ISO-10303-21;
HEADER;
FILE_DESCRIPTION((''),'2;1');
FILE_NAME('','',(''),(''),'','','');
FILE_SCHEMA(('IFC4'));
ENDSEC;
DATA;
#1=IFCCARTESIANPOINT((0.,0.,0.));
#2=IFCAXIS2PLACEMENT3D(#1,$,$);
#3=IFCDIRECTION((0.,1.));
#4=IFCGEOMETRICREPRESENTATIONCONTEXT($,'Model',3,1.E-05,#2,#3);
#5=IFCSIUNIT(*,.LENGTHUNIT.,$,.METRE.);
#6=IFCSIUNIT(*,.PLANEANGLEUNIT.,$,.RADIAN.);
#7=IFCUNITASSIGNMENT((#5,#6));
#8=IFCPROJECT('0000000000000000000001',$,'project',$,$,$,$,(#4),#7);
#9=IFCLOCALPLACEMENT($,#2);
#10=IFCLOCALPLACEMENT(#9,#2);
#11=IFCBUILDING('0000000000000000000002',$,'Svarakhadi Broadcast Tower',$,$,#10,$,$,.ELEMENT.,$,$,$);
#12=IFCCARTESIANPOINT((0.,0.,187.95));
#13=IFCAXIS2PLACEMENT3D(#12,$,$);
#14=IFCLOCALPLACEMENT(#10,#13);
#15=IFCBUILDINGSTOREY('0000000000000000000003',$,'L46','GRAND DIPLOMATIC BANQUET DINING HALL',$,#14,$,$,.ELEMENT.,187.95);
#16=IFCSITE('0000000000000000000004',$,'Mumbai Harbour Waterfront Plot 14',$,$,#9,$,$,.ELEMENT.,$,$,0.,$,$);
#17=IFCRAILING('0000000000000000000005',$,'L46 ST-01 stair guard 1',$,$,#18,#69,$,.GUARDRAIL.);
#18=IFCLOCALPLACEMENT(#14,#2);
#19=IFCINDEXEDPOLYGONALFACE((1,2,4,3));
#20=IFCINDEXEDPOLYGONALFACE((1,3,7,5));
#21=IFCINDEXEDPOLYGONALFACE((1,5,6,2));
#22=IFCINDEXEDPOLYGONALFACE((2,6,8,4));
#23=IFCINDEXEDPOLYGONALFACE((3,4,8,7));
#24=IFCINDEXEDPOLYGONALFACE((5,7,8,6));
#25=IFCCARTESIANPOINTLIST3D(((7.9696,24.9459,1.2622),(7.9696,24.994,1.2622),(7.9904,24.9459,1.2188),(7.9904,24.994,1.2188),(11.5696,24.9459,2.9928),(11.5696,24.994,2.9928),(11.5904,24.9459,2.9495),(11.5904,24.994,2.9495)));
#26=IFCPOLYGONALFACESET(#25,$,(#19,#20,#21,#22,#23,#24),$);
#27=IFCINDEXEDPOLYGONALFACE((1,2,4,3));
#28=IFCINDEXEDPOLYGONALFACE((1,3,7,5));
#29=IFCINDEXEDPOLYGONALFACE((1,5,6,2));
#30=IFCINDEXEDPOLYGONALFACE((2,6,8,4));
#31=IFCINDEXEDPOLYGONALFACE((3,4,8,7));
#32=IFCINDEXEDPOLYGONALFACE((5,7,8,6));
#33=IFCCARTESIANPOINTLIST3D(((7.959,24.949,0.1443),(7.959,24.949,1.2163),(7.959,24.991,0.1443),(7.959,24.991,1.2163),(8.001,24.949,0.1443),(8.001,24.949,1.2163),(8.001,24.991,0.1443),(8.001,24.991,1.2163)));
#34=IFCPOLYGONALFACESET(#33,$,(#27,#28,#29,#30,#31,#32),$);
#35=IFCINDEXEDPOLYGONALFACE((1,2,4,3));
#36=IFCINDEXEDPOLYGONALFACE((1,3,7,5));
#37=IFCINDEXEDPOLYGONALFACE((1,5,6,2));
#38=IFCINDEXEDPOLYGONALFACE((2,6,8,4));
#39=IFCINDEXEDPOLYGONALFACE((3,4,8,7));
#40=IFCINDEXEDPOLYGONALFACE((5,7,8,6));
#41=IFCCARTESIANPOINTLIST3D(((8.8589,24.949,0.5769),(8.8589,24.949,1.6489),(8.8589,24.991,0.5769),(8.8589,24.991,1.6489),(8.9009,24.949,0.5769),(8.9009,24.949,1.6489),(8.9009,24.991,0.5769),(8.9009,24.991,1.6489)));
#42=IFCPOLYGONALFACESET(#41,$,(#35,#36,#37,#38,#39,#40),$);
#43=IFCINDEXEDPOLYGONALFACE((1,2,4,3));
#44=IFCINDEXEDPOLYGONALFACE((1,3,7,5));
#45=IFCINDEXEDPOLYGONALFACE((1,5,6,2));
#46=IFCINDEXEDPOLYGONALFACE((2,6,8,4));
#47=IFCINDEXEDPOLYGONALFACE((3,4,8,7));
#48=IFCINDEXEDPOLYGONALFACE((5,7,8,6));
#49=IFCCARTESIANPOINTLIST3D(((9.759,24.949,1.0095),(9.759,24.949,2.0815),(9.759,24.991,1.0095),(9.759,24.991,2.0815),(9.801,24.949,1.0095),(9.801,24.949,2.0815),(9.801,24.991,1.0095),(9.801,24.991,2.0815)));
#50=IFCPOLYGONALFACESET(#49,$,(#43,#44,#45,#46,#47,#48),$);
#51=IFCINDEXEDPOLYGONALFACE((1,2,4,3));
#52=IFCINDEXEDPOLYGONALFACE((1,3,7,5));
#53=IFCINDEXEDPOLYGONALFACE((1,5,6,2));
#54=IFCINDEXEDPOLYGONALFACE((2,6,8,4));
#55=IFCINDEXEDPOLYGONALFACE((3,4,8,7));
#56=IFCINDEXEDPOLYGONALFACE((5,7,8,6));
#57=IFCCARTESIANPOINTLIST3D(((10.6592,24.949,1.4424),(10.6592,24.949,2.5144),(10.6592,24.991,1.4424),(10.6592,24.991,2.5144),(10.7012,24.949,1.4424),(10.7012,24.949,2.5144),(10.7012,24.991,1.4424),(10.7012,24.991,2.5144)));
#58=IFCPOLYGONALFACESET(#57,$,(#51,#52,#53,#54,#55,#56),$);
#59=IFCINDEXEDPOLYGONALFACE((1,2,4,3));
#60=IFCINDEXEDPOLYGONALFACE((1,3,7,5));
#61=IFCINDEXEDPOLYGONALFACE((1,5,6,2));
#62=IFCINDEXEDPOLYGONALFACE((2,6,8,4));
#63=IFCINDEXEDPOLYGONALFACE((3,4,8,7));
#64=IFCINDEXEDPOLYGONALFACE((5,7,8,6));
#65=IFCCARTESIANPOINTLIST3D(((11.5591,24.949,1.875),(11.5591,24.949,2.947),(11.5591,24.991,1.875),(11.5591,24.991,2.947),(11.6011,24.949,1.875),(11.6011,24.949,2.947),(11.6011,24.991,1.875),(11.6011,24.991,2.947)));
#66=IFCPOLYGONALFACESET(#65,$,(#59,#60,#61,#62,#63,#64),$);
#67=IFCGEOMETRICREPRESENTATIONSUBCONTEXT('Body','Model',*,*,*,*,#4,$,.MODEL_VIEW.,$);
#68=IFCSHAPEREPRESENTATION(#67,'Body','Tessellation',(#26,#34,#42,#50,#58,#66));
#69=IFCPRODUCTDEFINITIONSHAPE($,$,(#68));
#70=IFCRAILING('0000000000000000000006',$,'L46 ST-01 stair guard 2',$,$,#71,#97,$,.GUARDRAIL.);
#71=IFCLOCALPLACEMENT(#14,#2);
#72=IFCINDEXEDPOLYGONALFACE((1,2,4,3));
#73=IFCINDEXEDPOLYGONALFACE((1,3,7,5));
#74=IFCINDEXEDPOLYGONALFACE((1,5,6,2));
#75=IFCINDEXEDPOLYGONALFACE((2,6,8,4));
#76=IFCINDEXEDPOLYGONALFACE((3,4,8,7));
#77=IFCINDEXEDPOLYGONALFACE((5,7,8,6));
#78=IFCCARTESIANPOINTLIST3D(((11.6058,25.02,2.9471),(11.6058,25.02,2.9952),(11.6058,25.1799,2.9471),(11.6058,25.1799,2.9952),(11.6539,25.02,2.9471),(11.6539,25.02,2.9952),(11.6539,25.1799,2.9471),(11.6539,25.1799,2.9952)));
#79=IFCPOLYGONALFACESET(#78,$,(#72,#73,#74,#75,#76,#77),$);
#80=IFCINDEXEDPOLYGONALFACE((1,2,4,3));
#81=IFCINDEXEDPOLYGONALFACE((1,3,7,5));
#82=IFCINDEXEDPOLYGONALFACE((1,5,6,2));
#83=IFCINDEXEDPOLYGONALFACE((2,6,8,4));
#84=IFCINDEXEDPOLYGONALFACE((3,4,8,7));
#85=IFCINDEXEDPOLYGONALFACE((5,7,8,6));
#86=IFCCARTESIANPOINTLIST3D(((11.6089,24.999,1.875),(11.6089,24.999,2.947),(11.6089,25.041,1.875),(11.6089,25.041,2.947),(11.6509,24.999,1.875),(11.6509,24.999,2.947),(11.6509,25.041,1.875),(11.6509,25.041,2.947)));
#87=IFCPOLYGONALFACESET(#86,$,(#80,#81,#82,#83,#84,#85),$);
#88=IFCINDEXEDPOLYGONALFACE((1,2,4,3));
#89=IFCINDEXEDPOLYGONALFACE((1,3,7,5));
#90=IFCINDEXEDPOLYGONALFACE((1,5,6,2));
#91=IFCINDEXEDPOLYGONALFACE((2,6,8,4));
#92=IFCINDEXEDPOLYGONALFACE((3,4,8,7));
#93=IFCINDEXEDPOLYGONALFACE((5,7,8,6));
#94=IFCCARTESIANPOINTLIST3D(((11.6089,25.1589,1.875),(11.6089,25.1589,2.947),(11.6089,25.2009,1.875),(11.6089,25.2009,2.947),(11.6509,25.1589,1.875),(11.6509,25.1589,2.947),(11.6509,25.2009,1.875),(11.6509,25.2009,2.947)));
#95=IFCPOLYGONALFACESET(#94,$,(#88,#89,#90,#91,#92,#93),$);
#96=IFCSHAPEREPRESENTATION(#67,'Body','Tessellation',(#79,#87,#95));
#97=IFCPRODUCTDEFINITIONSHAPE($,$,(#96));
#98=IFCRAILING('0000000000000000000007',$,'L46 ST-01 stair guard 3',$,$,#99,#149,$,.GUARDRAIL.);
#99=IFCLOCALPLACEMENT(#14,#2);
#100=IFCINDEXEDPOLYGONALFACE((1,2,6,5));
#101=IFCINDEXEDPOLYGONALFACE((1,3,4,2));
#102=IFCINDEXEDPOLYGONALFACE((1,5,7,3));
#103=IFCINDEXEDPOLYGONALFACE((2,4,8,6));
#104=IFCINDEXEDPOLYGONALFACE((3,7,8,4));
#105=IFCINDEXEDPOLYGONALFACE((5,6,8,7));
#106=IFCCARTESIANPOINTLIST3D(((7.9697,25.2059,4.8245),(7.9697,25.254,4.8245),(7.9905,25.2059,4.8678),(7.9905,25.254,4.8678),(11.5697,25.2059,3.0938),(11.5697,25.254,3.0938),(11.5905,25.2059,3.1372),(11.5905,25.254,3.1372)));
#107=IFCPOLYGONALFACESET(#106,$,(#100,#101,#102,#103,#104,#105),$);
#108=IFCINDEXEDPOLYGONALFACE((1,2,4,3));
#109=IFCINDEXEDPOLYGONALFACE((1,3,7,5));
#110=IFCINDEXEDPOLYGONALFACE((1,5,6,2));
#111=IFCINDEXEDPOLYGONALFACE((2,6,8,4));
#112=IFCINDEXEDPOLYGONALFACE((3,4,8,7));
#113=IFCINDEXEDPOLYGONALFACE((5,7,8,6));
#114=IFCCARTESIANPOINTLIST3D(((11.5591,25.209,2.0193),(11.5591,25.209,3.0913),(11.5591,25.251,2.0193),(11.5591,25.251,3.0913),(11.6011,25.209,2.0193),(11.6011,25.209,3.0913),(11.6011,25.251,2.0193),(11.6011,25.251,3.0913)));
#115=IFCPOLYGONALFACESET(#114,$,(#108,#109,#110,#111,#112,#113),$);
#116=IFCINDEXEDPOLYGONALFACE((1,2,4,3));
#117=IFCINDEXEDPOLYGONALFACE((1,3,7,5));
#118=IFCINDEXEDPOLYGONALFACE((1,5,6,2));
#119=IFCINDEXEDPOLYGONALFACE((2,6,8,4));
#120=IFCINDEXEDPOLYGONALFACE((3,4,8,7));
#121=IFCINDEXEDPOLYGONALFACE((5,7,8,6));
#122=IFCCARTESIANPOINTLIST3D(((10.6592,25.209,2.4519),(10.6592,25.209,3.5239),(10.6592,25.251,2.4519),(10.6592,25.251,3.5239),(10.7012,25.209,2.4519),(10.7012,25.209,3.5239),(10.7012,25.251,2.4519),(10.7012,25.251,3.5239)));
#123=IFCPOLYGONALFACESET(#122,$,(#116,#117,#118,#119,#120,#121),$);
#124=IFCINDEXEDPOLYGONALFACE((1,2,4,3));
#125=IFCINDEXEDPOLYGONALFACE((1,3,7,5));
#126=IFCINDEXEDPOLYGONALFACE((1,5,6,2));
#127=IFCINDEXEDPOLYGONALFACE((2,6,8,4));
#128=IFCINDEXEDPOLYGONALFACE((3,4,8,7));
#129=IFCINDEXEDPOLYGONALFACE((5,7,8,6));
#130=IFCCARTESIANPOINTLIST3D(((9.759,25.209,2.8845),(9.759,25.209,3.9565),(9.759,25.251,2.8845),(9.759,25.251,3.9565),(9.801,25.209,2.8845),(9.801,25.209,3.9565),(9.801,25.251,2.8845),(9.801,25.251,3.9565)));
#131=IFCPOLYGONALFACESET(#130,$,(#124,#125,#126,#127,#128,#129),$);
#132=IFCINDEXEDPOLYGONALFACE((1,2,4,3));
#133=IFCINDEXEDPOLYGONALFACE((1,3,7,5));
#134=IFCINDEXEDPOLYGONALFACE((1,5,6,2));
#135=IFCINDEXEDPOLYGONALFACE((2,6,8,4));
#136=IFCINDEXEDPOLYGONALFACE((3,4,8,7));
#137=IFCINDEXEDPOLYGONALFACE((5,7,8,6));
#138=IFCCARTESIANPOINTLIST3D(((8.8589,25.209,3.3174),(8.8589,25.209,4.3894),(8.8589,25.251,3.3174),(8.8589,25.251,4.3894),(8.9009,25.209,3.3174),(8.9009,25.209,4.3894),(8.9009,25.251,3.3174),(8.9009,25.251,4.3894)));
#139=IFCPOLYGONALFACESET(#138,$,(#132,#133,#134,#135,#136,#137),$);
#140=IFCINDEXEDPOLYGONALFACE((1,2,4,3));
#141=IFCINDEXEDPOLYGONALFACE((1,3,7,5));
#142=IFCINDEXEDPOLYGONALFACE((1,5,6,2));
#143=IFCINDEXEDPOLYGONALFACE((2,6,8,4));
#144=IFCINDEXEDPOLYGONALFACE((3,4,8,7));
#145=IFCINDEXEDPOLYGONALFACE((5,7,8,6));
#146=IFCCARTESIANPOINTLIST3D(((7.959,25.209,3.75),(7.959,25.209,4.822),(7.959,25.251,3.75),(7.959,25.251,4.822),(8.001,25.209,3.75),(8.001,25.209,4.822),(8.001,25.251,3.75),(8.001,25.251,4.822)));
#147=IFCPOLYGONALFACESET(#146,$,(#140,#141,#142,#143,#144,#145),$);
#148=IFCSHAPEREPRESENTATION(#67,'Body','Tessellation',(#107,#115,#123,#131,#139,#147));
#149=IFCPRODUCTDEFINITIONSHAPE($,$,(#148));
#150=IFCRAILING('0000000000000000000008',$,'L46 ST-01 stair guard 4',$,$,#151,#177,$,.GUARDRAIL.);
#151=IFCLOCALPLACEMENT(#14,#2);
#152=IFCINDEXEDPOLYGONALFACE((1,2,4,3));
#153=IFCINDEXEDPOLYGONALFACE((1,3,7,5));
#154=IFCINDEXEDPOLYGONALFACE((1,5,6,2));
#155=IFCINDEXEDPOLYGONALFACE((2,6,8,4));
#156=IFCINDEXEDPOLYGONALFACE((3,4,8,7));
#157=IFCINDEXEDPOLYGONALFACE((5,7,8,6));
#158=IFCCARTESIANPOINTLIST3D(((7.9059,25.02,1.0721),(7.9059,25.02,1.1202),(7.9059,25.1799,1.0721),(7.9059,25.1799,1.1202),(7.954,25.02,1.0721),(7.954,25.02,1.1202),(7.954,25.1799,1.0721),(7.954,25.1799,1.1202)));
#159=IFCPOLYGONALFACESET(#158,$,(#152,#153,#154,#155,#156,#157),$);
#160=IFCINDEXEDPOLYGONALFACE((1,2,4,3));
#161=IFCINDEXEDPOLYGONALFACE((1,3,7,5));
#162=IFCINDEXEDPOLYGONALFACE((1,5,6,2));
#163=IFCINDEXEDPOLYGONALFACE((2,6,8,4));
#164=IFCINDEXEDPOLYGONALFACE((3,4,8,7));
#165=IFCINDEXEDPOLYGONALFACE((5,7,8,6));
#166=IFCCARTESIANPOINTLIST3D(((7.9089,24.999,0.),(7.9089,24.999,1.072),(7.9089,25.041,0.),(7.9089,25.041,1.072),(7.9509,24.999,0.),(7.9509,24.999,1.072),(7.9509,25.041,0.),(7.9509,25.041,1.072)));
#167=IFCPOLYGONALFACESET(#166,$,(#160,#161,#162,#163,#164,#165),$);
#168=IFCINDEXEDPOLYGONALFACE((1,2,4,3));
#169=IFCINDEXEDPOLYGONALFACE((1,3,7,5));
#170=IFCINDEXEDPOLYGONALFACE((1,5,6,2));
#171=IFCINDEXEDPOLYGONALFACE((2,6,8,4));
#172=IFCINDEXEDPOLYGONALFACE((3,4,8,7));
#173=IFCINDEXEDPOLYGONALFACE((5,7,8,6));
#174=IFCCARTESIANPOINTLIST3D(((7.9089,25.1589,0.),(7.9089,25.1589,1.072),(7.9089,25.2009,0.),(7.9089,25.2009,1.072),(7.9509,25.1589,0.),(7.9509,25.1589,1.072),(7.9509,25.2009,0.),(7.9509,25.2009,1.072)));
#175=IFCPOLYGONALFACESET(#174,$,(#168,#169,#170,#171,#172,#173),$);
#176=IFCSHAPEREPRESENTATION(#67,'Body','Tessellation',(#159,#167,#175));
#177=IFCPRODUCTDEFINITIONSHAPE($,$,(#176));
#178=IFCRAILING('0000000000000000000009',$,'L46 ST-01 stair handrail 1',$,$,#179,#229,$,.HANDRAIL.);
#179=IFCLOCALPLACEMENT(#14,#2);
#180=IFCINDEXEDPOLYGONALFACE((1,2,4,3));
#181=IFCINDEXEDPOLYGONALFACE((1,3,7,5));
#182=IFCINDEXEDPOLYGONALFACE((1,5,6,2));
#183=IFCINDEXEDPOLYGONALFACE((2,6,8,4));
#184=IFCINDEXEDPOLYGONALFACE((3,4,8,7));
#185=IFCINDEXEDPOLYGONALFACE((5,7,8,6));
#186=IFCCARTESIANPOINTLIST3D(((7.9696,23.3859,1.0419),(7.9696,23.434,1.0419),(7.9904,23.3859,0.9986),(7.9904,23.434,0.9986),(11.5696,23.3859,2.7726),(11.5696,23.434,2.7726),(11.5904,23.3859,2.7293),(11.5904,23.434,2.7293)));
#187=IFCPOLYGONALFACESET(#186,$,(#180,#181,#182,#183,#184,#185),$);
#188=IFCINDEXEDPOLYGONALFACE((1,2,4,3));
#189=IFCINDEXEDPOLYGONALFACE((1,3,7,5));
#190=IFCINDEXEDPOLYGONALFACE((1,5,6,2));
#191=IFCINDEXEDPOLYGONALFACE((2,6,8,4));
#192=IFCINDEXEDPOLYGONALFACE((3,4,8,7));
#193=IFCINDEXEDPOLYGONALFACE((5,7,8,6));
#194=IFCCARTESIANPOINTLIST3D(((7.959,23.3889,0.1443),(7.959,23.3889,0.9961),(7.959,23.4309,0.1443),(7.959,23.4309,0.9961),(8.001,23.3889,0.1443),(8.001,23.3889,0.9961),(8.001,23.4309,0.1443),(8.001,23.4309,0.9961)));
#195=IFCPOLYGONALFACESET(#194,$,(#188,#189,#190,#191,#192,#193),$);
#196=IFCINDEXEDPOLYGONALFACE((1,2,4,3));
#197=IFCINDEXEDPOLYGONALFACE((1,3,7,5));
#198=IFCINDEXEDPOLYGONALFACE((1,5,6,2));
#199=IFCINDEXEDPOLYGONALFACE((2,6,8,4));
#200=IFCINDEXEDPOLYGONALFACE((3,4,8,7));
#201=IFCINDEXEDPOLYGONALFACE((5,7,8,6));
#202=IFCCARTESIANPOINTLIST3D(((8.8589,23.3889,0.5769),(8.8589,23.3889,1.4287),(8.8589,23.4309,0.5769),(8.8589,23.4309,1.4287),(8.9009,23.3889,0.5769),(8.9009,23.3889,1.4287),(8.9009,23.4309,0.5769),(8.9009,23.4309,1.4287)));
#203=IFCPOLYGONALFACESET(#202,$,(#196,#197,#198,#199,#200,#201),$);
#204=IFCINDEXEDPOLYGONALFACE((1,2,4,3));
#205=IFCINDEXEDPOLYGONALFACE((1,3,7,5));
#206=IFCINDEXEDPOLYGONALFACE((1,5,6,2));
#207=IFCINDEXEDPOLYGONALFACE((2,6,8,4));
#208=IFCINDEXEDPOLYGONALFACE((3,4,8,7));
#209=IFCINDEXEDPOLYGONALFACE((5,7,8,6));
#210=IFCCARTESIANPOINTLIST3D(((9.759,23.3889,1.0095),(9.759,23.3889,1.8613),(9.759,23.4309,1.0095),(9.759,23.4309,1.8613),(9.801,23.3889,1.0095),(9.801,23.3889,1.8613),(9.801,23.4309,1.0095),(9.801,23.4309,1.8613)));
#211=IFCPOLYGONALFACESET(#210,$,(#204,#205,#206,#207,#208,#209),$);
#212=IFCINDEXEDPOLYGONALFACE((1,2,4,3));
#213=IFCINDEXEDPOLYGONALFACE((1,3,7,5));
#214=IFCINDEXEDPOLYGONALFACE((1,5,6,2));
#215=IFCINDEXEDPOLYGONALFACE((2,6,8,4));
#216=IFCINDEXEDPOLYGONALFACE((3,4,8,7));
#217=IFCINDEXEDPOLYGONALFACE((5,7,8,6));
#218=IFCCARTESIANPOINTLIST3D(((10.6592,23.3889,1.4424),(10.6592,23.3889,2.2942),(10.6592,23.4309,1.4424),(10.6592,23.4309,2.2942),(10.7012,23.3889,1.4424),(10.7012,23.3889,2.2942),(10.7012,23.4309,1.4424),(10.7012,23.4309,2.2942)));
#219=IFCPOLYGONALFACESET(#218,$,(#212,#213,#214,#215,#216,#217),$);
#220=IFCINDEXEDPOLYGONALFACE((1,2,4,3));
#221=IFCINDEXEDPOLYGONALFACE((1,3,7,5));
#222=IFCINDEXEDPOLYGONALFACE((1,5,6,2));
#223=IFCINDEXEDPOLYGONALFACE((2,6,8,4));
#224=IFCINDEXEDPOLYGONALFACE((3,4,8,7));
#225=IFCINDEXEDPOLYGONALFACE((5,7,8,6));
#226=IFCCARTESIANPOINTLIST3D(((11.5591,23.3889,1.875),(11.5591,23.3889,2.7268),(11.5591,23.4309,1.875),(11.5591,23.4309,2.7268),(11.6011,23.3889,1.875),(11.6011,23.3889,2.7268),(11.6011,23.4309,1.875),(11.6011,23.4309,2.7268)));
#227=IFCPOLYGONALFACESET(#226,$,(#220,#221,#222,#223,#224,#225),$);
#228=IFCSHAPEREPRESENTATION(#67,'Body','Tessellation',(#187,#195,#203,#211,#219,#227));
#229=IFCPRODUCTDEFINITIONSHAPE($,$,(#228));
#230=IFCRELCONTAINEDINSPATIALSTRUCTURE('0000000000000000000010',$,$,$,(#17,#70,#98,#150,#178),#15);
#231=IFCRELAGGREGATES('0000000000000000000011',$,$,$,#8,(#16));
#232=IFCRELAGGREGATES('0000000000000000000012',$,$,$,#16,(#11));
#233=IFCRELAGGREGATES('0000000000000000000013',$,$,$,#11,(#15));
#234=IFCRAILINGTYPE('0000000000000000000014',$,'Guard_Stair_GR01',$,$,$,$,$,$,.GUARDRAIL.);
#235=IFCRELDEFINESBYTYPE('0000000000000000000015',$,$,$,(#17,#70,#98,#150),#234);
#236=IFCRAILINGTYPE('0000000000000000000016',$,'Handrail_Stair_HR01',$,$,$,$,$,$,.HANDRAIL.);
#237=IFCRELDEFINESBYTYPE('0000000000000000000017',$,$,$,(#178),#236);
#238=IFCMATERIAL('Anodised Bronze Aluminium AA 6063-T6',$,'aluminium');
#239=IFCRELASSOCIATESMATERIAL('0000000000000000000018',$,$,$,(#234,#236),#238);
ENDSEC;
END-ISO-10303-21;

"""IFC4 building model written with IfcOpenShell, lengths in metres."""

from ifc_helpers import new_model, si_unit, direction, frame, origin, origin_2d, place, context, subcontext, project, spatial, rectangle, extrude, material, type_object, element, save


model = new_model("IFC4")

# Units and contexts
model_context = context("Model", 3, precision=1e-05, world=origin(), true_north=direction((0.0, 1.0)))
body_context = subcontext(model_context, "Body", "Model", "MODEL_VIEW")
ifc_project = project(units=[si_unit("LENGTHUNIT", "METRE"), si_unit("PLANEANGLEUNIT", "RADIAN")], contexts=[model_context])

# Site, building, storey
site_placement = place(None, origin())
site = spatial("IfcSite", under=ifc_project, at=site_placement, Name="Mumbai Harbour Waterfront Plot 14", CompositionType="ELEMENT", RefElevation=0.0)
building_placement = place(site_placement, origin())
building = spatial("IfcBuilding", under=site, at=building_placement, Name="Svarakhadi Broadcast Tower", CompositionType="ELEMENT")
storey_placement = place(building_placement, frame((0.0, 0.0, 187.95)))
storey = spatial("IfcBuildingStorey", under=building, at=storey_placement, Name="L46", Description="GRAND DIPLOMATIC BANQUET DINING HALL", CompositionType="ELEMENT", Elevation=187.95)

# Railings
ifc_material_1 = material(Name="Anodised Bronze Aluminium AA 6063-T6", Category="aluminium")
railing_type_1 = type_object("IfcRailingType", Name="Guard_Stair_GR01", PredefinedType="GUARDRAIL", material=ifc_material_1)
railing_1_placement = place(storey_placement, frame((7.98, 24.97, 0.1443)))
element("IfcRailing", 1, at=railing_1_placement, inside=storey, type_object=railing_type_1, Name="L46 ST-01 stair guard 1", PredefinedType="GUARDRAIL", context=body_context, shape_type="SweptSolid", body=[
    extrude(rectangle(XDim=0.0481, YDim=0.0481, at=origin_2d()), frame((0.0, 0.0, 1.0962), z_axis=(0.901263, 0.0, 0.433273), x_axis=(0.0, 1.0, 0.0)), (0.0, 0.0, 1.0), 3.9944),
    extrude(rectangle(XDim=0.042, YDim=0.042, at=origin_2d()), origin(), (0.0, 0.0, 1.0), 1.072),
    extrude(rectangle(XDim=0.042, YDim=0.042, at=origin_2d()), frame((0.8999, 0.0, 0.4326)), (0.0, 0.0, 1.0), 1.072),
    extrude(rectangle(XDim=0.042, YDim=0.042, at=origin_2d()), frame((1.8, 0.0, 0.8652)), (0.0, 0.0, 1.0), 1.072),
    extrude(rectangle(XDim=0.042, YDim=0.042, at=origin_2d()), frame((2.7002, 0.0, 1.2981)), (0.0, 0.0, 1.0), 1.072),
    extrude(rectangle(XDim=0.042, YDim=0.042, at=origin_2d()), frame((3.6001, 0.0, 1.7307)), (0.0, 0.0, 1.0), 1.072),
])
railing_2_placement = place(storey_placement, frame((11.6299, 25.02, 1.875)))
element("IfcRailing", 2, at=railing_2_placement, inside=storey, type_object=railing_type_1, Name="L46 ST-01 stair guard 2", PredefinedType="GUARDRAIL", context=body_context, shape_type="SweptSolid", body=[
    extrude(rectangle(XDim=0.0481, YDim=0.0481, at=origin_2d()), frame((0.0, 0.0, 1.0962), z_axis=(0.0, 1.0, 0.0), x_axis=(-1.0, 0.0, 0.0)), (0.0, 0.0, 1.0), 0.1599),
    extrude(rectangle(XDim=0.042, YDim=0.042, at=origin_2d()), origin(), (0.0, 0.0, 1.0), 1.072),
    extrude(rectangle(XDim=0.042, YDim=0.042, at=origin_2d()), frame((0.0, 0.1599, 0.0)), (0.0, 0.0, 1.0), 1.072),
])
railing_3_placement = place(storey_placement, frame((11.5801, 25.23, 2.0193)))
element("IfcRailing", 3, at=railing_3_placement, inside=storey, type_object=railing_type_1, Name="L46 ST-01 stair guard 3", PredefinedType="GUARDRAIL", context=body_context, shape_type="SweptSolid", body=[
    extrude(rectangle(XDim=0.0481, YDim=0.0481, at=origin_2d()), frame((0.0, 0.0, 1.0962), z_axis=(-0.901263, 0.0, 0.433273), x_axis=(0.0, -1.0, 0.0)), (0.0, 0.0, 1.0), 3.9944),
    extrude(rectangle(XDim=0.042, YDim=0.042, at=origin_2d()), origin(), (0.0, 0.0, 1.0), 1.072),
    extrude(rectangle(XDim=0.042, YDim=0.042, at=origin_2d()), frame((-0.8999, 0.0, 0.4326)), (0.0, 0.0, 1.0), 1.072),
    extrude(rectangle(XDim=0.042, YDim=0.042, at=origin_2d()), frame((-1.8, 0.0, 0.8652)), (0.0, 0.0, 1.0), 1.072),
    extrude(rectangle(XDim=0.042, YDim=0.042, at=origin_2d()), frame((-2.7002, 0.0, 1.2981)), (0.0, 0.0, 1.0), 1.072),
    extrude(rectangle(XDim=0.042, YDim=0.042, at=origin_2d()), frame((-3.6001, 0.0, 1.7307)), (0.0, 0.0, 1.0), 1.072),
])
railing_4_placement = place(storey_placement, frame((7.9299, 25.02, 0.0)))
element("IfcRailing", 4, at=railing_4_placement, inside=storey, type_object=railing_type_1, Name="L46 ST-01 stair guard 4", PredefinedType="GUARDRAIL", context=body_context, shape_type="SweptSolid", body=[
    extrude(rectangle(XDim=0.0481, YDim=0.0481, at=origin_2d()), frame((0.0, 0.0, 1.0962), z_axis=(0.0, 1.0, 0.0), x_axis=(-1.0, 0.0, 0.0)), (0.0, 0.0, 1.0), 0.1599),
    extrude(rectangle(XDim=0.042, YDim=0.042, at=origin_2d()), origin(), (0.0, 0.0, 1.0), 1.072),
    extrude(rectangle(XDim=0.042, YDim=0.042, at=origin_2d()), frame((0.0, 0.1599, 0.0)), (0.0, 0.0, 1.0), 1.072),
])
railing_type_2 = type_object("IfcRailingType", Name="Handrail_Stair_HR01", PredefinedType="HANDRAIL", material=ifc_material_1)
railing_5_placement = place(storey_placement, frame((7.98, 23.4099, 0.1443)))
element("IfcRailing", 5, at=railing_5_placement, inside=storey, type_object=railing_type_2, Name="L46 ST-01 stair handrail 1", PredefinedType="HANDRAIL", context=body_context, shape_type="SweptSolid", body=[
    extrude(rectangle(XDim=0.0481, YDim=0.0481, at=origin_2d()), frame((0.0, 0.0, 0.876), z_axis=(0.901263, 0.0, 0.433273), x_axis=(0.0, 1.0, 0.0)), (0.0, 0.0, 1.0), 3.9944),
    extrude(rectangle(XDim=0.042, YDim=0.042, at=origin_2d()), origin(), (0.0, 0.0, 1.0), 0.8518),
    extrude(rectangle(XDim=0.042, YDim=0.042, at=origin_2d()), frame((0.8999, 0.0, 0.4326)), (0.0, 0.0, 1.0), 0.8518),
    extrude(rectangle(XDim=0.042, YDim=0.042, at=origin_2d()), frame((1.8, 0.0, 0.8652)), (0.0, 0.0, 1.0), 0.8518),
    extrude(rectangle(XDim=0.042, YDim=0.042, at=origin_2d()), frame((2.7002, 0.0, 1.2981)), (0.0, 0.0, 1.0), 0.8518),
    extrude(rectangle(XDim=0.042, YDim=0.042, at=origin_2d()), frame((3.6001, 0.0, 1.7307)), (0.0, 0.0, 1.0), 0.8518),
])

save(model, "model.ifc")
